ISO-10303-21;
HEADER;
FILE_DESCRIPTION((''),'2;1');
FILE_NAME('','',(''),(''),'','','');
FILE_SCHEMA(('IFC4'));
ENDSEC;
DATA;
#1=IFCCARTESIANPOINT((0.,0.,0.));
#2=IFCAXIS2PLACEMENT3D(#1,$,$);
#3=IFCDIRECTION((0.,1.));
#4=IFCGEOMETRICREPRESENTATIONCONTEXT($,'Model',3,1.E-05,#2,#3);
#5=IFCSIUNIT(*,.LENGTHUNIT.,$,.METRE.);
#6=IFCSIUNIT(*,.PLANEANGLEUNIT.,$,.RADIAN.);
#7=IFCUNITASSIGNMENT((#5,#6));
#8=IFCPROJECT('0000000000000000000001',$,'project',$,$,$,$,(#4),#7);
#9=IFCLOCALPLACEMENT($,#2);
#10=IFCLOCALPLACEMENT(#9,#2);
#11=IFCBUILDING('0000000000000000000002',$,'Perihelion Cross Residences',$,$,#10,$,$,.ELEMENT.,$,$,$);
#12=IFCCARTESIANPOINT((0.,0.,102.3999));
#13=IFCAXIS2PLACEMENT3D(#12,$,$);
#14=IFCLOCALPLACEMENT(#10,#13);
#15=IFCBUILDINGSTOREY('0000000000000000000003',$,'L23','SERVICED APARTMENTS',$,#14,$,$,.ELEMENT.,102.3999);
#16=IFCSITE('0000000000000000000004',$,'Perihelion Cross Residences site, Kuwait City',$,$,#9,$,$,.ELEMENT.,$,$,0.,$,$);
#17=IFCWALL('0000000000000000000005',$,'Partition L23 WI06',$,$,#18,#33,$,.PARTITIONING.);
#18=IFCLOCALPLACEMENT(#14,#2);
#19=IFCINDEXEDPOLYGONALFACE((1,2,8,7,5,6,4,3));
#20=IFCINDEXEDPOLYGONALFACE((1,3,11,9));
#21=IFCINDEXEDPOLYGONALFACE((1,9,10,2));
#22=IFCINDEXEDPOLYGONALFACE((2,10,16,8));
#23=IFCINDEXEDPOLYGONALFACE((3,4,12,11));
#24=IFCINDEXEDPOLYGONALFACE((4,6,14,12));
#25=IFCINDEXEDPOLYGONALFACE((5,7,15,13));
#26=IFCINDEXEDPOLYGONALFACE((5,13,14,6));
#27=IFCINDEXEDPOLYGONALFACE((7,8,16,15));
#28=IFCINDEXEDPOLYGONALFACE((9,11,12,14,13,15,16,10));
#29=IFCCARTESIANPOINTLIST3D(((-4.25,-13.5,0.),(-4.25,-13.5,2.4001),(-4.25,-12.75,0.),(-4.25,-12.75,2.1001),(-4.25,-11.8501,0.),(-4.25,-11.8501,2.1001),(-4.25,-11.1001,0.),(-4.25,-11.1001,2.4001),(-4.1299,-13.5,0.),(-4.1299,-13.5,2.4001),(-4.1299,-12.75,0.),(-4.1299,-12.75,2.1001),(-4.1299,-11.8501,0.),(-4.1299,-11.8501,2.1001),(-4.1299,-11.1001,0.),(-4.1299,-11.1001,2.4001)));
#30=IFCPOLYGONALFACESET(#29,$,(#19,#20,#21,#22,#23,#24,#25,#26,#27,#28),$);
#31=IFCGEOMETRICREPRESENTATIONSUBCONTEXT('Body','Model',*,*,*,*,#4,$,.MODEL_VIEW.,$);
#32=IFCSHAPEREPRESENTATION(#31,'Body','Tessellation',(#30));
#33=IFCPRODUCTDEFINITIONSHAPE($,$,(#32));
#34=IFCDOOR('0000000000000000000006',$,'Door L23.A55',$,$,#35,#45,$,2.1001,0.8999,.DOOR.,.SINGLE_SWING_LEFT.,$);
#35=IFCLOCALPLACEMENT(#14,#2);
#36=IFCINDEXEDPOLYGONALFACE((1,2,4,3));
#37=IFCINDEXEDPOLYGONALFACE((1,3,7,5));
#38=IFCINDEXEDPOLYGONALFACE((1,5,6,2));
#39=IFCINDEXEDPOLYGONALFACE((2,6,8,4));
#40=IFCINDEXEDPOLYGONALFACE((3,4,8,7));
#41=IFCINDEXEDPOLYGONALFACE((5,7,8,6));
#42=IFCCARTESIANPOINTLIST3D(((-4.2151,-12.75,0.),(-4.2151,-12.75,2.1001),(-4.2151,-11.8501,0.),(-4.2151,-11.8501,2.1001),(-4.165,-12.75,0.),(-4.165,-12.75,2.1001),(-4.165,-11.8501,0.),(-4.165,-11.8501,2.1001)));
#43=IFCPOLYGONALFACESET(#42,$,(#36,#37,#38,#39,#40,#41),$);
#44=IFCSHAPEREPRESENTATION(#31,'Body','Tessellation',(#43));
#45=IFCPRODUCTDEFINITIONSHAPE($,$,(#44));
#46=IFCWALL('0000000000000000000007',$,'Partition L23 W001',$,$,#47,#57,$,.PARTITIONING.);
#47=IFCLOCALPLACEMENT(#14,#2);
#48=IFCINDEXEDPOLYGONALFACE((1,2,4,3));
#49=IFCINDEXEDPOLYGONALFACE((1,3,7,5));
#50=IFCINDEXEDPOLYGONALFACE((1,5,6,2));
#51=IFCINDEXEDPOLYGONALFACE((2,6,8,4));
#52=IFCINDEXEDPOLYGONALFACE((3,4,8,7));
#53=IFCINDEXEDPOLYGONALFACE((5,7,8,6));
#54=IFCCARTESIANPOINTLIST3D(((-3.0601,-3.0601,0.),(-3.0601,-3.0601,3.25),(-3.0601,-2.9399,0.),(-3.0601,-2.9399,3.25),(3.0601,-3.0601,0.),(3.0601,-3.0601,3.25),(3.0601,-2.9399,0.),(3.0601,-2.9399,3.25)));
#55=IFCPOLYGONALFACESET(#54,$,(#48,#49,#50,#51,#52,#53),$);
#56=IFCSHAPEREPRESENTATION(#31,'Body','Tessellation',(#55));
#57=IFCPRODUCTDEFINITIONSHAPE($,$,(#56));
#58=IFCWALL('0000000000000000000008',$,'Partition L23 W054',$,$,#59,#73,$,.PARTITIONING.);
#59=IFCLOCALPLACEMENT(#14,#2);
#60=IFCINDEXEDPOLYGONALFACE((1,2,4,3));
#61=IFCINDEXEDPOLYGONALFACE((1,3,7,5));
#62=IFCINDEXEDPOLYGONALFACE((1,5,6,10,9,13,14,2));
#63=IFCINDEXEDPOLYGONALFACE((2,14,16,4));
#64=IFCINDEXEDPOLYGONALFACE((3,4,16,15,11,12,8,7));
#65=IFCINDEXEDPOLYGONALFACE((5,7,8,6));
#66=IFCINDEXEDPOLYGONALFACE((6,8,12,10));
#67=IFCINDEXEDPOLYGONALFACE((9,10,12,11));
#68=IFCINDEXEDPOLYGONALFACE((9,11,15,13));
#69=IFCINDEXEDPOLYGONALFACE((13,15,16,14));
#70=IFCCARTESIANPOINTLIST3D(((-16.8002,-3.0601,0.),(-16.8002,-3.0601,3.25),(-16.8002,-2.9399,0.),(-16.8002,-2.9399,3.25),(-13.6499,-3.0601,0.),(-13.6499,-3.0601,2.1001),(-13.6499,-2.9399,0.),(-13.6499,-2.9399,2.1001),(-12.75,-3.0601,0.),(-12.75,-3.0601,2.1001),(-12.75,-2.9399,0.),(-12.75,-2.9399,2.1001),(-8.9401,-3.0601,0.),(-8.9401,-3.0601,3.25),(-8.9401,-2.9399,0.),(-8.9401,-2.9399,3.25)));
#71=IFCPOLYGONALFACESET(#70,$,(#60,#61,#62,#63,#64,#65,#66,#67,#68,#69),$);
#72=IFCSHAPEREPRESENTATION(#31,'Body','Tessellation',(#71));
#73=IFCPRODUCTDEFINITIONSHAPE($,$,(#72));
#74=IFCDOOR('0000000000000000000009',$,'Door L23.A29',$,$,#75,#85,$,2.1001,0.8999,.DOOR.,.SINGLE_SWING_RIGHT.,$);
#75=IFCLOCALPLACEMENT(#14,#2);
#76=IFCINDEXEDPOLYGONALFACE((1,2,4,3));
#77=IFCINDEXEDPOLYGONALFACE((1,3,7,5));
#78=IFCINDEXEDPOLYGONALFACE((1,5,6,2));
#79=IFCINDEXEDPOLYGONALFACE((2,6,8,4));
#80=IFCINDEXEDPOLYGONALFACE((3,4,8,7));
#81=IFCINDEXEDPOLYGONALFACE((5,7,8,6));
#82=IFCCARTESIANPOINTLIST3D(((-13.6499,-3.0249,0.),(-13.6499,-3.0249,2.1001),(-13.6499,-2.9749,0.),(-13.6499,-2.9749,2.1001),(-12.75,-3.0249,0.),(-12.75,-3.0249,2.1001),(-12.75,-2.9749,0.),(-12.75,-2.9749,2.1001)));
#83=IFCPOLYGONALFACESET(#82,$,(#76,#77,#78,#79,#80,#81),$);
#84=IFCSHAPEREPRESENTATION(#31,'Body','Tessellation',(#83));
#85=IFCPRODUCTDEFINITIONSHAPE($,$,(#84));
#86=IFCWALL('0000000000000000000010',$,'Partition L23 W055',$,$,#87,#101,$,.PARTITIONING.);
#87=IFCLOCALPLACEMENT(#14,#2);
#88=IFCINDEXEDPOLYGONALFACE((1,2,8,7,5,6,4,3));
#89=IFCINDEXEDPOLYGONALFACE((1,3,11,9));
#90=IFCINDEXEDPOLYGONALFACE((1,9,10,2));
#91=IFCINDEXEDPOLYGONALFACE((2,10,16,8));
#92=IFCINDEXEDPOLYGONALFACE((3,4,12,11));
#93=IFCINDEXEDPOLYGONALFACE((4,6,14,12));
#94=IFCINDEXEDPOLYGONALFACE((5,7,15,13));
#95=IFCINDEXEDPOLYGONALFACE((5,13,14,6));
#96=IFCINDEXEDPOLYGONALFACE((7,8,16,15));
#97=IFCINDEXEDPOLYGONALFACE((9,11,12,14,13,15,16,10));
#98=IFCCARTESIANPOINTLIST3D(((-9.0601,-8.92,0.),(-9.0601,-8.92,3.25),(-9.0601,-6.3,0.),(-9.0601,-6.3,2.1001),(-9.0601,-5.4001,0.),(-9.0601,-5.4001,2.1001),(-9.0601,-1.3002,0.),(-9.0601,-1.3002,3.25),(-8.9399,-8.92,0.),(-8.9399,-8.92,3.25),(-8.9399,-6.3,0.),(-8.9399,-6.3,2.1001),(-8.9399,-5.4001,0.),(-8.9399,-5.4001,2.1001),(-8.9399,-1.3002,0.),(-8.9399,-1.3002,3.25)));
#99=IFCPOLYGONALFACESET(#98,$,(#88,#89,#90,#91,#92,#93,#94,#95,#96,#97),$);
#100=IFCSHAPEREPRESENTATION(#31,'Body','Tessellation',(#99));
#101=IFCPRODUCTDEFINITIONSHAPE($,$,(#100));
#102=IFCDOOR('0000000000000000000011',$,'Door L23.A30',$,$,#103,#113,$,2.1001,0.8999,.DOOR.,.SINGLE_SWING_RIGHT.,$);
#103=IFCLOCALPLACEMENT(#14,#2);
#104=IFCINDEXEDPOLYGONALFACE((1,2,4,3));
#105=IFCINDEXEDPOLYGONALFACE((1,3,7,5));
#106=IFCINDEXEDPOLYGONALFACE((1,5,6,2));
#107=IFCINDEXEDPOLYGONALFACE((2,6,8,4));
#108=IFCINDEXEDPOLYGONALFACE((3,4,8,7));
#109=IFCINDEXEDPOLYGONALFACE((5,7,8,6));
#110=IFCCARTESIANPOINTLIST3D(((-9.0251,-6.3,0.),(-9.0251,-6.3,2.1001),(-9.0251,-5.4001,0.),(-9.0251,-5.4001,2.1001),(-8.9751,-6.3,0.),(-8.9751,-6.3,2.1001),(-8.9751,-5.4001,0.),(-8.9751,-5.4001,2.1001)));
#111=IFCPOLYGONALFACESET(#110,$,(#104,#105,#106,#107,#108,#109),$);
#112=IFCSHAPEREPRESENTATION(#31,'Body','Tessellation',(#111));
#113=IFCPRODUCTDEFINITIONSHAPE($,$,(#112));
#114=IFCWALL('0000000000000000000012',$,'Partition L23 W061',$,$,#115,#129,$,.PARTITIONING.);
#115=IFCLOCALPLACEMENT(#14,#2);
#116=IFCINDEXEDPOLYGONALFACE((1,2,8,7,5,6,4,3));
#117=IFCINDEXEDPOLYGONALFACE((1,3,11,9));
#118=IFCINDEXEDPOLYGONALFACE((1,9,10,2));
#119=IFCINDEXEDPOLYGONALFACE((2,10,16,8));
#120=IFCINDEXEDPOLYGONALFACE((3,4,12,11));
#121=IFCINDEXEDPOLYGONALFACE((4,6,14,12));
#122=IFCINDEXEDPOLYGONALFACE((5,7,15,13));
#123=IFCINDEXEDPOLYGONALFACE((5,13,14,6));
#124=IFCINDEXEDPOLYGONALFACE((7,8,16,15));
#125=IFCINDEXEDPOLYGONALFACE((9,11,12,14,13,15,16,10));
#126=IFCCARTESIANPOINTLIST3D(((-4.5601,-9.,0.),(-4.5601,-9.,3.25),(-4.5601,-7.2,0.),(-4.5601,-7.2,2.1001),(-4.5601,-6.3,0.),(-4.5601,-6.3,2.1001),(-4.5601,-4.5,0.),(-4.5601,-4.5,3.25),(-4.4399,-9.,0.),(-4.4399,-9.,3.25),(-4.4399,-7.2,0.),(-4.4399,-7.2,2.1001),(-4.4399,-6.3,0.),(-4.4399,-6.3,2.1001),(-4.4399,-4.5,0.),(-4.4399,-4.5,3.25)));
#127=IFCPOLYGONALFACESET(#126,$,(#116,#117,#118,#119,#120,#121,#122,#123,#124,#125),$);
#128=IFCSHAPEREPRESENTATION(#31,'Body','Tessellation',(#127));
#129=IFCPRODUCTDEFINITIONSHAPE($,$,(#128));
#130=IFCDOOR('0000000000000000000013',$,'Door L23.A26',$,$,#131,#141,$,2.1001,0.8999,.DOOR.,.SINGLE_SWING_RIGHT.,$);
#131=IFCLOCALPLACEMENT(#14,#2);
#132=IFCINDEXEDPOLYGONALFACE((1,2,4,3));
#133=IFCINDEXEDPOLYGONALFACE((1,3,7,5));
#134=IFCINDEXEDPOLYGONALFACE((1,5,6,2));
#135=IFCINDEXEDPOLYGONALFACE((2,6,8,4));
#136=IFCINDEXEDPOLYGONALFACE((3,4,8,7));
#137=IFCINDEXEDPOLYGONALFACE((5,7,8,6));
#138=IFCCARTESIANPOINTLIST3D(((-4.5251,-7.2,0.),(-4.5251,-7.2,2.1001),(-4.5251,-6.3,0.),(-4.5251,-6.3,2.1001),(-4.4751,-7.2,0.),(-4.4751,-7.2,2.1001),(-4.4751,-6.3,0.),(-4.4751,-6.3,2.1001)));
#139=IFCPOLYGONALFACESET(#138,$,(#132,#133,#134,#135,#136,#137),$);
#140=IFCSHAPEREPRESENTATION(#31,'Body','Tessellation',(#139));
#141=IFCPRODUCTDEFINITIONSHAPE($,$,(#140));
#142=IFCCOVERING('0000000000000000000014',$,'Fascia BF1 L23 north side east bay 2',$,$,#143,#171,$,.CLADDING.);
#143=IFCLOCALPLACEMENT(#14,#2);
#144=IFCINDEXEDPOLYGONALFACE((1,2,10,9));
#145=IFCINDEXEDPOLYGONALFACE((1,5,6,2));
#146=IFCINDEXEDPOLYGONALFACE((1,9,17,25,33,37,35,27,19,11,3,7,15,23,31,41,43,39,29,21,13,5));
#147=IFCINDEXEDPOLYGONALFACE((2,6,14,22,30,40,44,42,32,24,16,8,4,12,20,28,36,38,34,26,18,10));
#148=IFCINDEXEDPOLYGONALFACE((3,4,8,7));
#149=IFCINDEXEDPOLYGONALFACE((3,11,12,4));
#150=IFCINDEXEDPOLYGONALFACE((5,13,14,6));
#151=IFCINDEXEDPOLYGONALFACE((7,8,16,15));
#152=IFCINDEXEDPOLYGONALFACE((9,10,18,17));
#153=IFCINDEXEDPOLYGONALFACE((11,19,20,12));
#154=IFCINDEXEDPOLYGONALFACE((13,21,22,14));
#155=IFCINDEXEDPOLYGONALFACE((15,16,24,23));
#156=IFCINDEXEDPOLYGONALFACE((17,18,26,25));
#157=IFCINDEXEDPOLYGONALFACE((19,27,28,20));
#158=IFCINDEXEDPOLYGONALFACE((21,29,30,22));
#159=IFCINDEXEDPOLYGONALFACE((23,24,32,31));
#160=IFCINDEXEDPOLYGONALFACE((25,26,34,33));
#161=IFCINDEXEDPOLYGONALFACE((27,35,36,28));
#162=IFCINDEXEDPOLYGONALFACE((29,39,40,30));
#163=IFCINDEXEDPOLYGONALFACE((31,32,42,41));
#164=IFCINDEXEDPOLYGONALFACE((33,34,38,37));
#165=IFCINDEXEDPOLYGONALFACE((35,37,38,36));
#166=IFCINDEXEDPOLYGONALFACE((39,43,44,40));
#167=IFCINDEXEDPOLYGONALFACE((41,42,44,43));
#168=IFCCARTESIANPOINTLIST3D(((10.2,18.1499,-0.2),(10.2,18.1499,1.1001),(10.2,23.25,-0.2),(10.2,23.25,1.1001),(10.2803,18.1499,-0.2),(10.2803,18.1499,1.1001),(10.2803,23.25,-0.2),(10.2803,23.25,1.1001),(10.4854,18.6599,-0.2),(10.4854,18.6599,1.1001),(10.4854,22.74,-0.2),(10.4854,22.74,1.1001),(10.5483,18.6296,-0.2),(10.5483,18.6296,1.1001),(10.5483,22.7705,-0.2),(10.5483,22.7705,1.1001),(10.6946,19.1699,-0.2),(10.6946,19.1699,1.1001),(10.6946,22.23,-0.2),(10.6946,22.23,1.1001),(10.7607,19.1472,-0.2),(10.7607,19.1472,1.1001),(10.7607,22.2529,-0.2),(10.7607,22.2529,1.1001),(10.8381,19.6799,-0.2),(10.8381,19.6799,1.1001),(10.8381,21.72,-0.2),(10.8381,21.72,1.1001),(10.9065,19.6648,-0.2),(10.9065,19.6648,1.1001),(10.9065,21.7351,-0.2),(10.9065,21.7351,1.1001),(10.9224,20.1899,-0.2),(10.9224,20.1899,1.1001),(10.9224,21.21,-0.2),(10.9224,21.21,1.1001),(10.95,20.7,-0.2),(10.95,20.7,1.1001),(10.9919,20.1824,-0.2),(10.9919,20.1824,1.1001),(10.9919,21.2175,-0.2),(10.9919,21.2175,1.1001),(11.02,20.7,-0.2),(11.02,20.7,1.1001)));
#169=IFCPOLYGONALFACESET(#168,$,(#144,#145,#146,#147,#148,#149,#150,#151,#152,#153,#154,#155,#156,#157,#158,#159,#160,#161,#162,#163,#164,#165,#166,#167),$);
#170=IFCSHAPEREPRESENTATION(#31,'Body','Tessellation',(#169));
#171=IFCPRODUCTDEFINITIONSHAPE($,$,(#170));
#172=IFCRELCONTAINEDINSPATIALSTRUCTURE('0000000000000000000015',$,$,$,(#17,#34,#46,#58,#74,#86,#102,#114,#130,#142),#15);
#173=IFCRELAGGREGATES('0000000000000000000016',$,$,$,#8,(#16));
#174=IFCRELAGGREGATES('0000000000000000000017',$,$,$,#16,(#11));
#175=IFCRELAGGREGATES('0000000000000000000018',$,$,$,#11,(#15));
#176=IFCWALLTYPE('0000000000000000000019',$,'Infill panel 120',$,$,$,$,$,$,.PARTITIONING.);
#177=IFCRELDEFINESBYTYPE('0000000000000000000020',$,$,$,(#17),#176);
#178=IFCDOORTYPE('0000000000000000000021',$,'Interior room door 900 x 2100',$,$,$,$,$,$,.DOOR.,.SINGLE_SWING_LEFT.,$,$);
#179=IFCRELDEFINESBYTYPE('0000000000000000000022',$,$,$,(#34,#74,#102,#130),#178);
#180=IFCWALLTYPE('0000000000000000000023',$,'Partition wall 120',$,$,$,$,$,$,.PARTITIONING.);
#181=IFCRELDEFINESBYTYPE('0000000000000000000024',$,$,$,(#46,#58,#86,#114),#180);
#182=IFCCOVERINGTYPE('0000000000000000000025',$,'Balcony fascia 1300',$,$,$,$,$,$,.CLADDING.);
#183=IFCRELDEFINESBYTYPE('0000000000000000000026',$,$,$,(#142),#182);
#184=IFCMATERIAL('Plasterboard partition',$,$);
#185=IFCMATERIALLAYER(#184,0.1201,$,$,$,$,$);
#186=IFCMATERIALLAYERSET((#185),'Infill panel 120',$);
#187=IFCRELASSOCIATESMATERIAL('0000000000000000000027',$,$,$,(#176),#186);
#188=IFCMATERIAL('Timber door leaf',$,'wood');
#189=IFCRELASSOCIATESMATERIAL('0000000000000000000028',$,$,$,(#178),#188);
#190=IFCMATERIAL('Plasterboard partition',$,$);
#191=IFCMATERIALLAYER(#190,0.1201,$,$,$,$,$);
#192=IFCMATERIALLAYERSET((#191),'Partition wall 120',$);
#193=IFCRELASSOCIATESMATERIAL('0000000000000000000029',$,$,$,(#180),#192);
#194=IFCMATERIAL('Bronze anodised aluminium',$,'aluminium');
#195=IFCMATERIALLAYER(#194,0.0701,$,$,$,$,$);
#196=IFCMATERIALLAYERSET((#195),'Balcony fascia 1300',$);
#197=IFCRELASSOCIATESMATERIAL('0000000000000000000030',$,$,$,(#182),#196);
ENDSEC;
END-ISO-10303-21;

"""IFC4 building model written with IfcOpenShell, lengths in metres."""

from ifc_helpers import new_model, si_unit, direction, frame, frame_2d, origin, place, context, subcontext, project, spatial, polyline, rectangle, outline, extrude, material, layer, layer_set, type_object, element, fill, save


model = new_model("IFC4")

# Units and contexts
model_context = context("Model", 3, precision=1e-05, world=origin(), true_north=direction((0.0, 1.0)))
body_context = subcontext(model_context, "Body", "Model", "MODEL_VIEW")
ifc_project = project(units=[si_unit("LENGTHUNIT", "METRE"), si_unit("PLANEANGLEUNIT", "RADIAN")], contexts=[model_context])

# Site, building, storey
site_placement = place(None, origin())
site = spatial("IfcSite", under=ifc_project, at=site_placement, Name="Perihelion Cross Residences site, Kuwait City", CompositionType="ELEMENT", RefElevation=0.0)
building_placement = place(site_placement, origin())
building = spatial("IfcBuilding", under=site, at=building_placement, Name="Perihelion Cross Residences", CompositionType="ELEMENT")
storey_placement = place(building_placement, frame((0.0, 0.0, 102.3999)))
storey = spatial("IfcBuildingStorey", under=building, at=storey_placement, Name="L23", Description="SERVICED APARTMENTS", CompositionType="ELEMENT", Elevation=102.3999)

# Wall, opening, door
ifc_material_1 = material(Name="Plasterboard partition")
ifc_layer_1 = layer(ifc_material_1, 0.1201)
ifc_layer_set_1 = layer_set([ifc_layer_1], Name="Infill panel 120")
wall_type_1 = type_object("IfcWallType", Name="Infill panel 120", PredefinedType="PARTITIONING", material=ifc_layer_set_1)
wall_1_placement = place(storey_placement, frame((-4.1899, -11.1001, 0.0), z_axis=(0.0, 0.0, 1.0), x_axis=(0.0, -1.0, 0.0)))
wall_1 = element("IfcWall", 1, at=wall_1_placement, inside=storey, type_object=wall_type_1, Name="Partition L23 WI06", PredefinedType="PARTITIONING", context=body_context, shape_type="SweptSolid", body=[
    extrude(rectangle(XDim=2.3999, YDim=0.1201, at=frame_2d((1.2, 0.0))), origin(), (0.0, 0.0, 1.0), 2.4001),
])
opening_1_placement = place(wall_1_placement, frame((0.75, 0.0, 0.0)))
opening_1 = element("IfcOpeningElement", 2, at=opening_1_placement, cuts=wall_1, PredefinedType="OPENING", context=body_context, shape_type="SweptSolid", body=[
    extrude(rectangle(XDim=0.8999, YDim=2.1001, at=frame_2d((0.45, 1.05))), frame((0.0, 0.0701, 0.0), z_axis=(0.0, -1.0, 0.0), x_axis=(1.0, 0.0, 0.0)), (0.0, 0.0, 1.0), 0.1401),
])
ifc_material_2 = material(Name="Timber door leaf", Category="wood")
door_type_1 = type_object("IfcDoorType", Name="Interior room door 900 x 2100", OperationType="SINGLE_SWING_LEFT", PredefinedType="DOOR", material=ifc_material_2)
door_1_placement = place(opening_1_placement, origin())
door_1 = element("IfcDoor", 3, at=door_1_placement, inside=storey, type_object=door_type_1, Name="Door L23.A55", OperationType="SINGLE_SWING_LEFT", OverallHeight=2.1001, OverallWidth=0.8999, PredefinedType="DOOR", context=body_context, shape_type="SweptSolid", body=[
    extrude(rectangle(XDim=0.8999, YDim=2.1001, at=frame_2d((0.45, 1.05))), frame((0.0, 0.0249, 0.0), z_axis=(0.0, -1.0, 0.0), x_axis=(1.0, 0.0, 0.0)), (0.0, 0.0, 1.0), 0.05),
])
fill(opening_1, door_1)

# Wall
ifc_material_3 = material(Name="Plasterboard partition")
ifc_layer_2 = layer(ifc_material_3, 0.1201)
ifc_layer_set_2 = layer_set([ifc_layer_2], Name="Partition wall 120")
wall_type_2 = type_object("IfcWallType", Name="Partition wall 120", PredefinedType="PARTITIONING", material=ifc_layer_set_2)
wall_2_placement = place(storey_placement, frame((-3.0601, -3.0, 0.0), z_axis=(0.0, 0.0, 1.0), x_axis=(1.0, 0.0, 0.0)))
element("IfcWall", 4, at=wall_2_placement, inside=storey, type_object=wall_type_2, Name="Partition L23 W001", PredefinedType="PARTITIONING", context=body_context, shape_type="SweptSolid", body=[
    extrude(rectangle(XDim=6.1201, YDim=0.1201, at=frame_2d((3.0601, 0.0))), origin(), (0.0, 0.0, 1.0), 3.25),
])

# Walls, openings, doors
wall_3_placement = place(storey_placement, frame((-8.9399, -3.0, 0.0), z_axis=(0.0, 0.0, 1.0), x_axis=(-1.0, 0.0, 0.0)))
wall_3 = element("IfcWall", 5, at=wall_3_placement, inside=storey, type_object=wall_type_2, Name="Partition L23 W054", PredefinedType="PARTITIONING", context=body_context, shape_type="SweptSolid", body=[
    extrude(rectangle(XDim=7.8601, YDim=0.1201, at=frame_2d((3.9302, 0.0))), origin(), (0.0, 0.0, 1.0), 3.25),
])
opening_2_placement = place(wall_3_placement, frame((3.8101, 0.0, 0.0)))
opening_2 = element("IfcOpeningElement", 6, at=opening_2_placement, cuts=wall_3, PredefinedType="OPENING", context=body_context, shape_type="SweptSolid", body=[
    extrude(rectangle(XDim=0.8999, YDim=2.1001, at=frame_2d((0.45, 1.05))), frame((0.0, 0.0701, 0.0), z_axis=(0.0, -1.0, 0.0), x_axis=(1.0, 0.0, 0.0)), (0.0, 0.0, 1.0), 0.1401),
])
door_2_placement = place(opening_2_placement, origin())
door_2 = element("IfcDoor", 7, at=door_2_placement, inside=storey, type_object=door_type_1, Name="Door L23.A29", OperationType="SINGLE_SWING_RIGHT", OverallHeight=2.1001, OverallWidth=0.8999, PredefinedType="DOOR", context=body_context, shape_type="SweptSolid", body=[
    extrude(rectangle(XDim=0.8999, YDim=2.1001, at=frame_2d((0.45, 1.05))), frame((0.0, 0.0249, 0.0), z_axis=(0.0, -1.0, 0.0), x_axis=(1.0, 0.0, 0.0)), (0.0, 0.0, 1.0), 0.05),
])
fill(opening_2, door_2)
wall_4_placement = place(storey_placement, frame((-9.0, -1.3, 0.0), z_axis=(0.0, 0.0, 1.0), x_axis=(0.0, -1.0, 0.0)))
wall_4 = element("IfcWall", 8, at=wall_4_placement, inside=storey, type_object=wall_type_2, Name="Partition L23 W055", PredefinedType="PARTITIONING", context=body_context, shape_type="SweptSolid", body=[
    extrude(rectangle(XDim=7.6199, YDim=0.1201, at=frame_2d((3.8101, 0.0))), origin(), (0.0, 0.0, 1.0), 3.25),
])
opening_3_placement = place(wall_4_placement, frame((4.1001, 0.0, 0.0)))
opening_3 = element("IfcOpeningElement", 9, at=opening_3_placement, cuts=wall_4, PredefinedType="OPENING", context=body_context, shape_type="SweptSolid", body=[
    extrude(rectangle(XDim=0.8999, YDim=2.1001, at=frame_2d((0.45, 1.05))), frame((0.0, 0.0701, 0.0), z_axis=(0.0, -1.0, 0.0), x_axis=(1.0, 0.0, 0.0)), (0.0, 0.0, 1.0), 0.1401),
])
door_3_placement = place(opening_3_placement, origin())
door_3 = element("IfcDoor", 10, at=door_3_placement, inside=storey, type_object=door_type_1, Name="Door L23.A30", OperationType="SINGLE_SWING_RIGHT", OverallHeight=2.1001, OverallWidth=0.8999, PredefinedType="DOOR", context=body_context, shape_type="SweptSolid", body=[
    extrude(rectangle(XDim=0.8999, YDim=2.1001, at=frame_2d((0.45, 1.05))), frame((0.0, 0.0249, 0.0), z_axis=(0.0, -1.0, 0.0), x_axis=(1.0, 0.0, 0.0)), (0.0, 0.0, 1.0), 0.05),
])
fill(opening_3, door_3)
wall_5_placement = place(storey_placement, frame((-4.5, -4.5, 0.0), z_axis=(0.0, 0.0, 1.0), x_axis=(0.0, -1.0, 0.0)))
wall_5 = element("IfcWall", 11, at=wall_5_placement, inside=storey, type_object=wall_type_2, Name="Partition L23 W061", PredefinedType="PARTITIONING", context=body_context, shape_type="SweptSolid", body=[
    extrude(rectangle(XDim=4.5, YDim=0.1201, at=frame_2d((2.25, 0.0))), origin(), (0.0, 0.0, 1.0), 3.25),
])
opening_4_placement = place(wall_5_placement, frame((1.8, 0.0, 0.0)))
opening_4 = element("IfcOpeningElement", 12, at=opening_4_placement, cuts=wall_5, PredefinedType="OPENING", context=body_context, shape_type="SweptSolid", body=[
    extrude(rectangle(XDim=0.8999, YDim=2.1001, at=frame_2d((0.45, 1.05))), frame((0.0, 0.0701, 0.0), z_axis=(0.0, -1.0, 0.0), x_axis=(1.0, 0.0, 0.0)), (0.0, 0.0, 1.0), 0.1401),
])
door_4_placement = place(opening_4_placement, origin())
door_4 = element("IfcDoor", 13, at=door_4_placement, inside=storey, type_object=door_type_1, Name="Door L23.A26", OperationType="SINGLE_SWING_RIGHT", OverallHeight=2.1001, OverallWidth=0.8999, PredefinedType="DOOR", context=body_context, shape_type="SweptSolid", body=[
    extrude(rectangle(XDim=0.8999, YDim=2.1001, at=frame_2d((0.45, 1.05))), frame((0.0, 0.0249, 0.0), z_axis=(0.0, -1.0, 0.0), x_axis=(1.0, 0.0, 0.0)), (0.0, 0.0, 1.0), 0.05),
])
fill(opening_4, door_4)

# Covering
ifc_material_4 = material(Name="Bronze anodised aluminium", Category="aluminium")
ifc_layer_3 = layer(ifc_material_4, 0.0701)
ifc_layer_set_3 = layer_set([ifc_layer_3], Name="Balcony fascia 1300")
covering_type = type_object("IfcCoveringType", Name="Balcony fascia 1300", PredefinedType="CLADDING", material=ifc_layer_set_3)
covering_1_placement = place(storey_placement, frame((0.0, 0.0, -0.2)))
element("IfcCovering", 14, at=covering_1_placement, inside=storey, type_object=covering_type, Name="Fascia BF1 L23 north side east bay 2", PredefinedType="CLADDING", context=body_context, shape_type="SweptSolid", body=[
    extrude(outline(polyline([(10.5483, 18.6296), (10.7607, 19.1472), (10.9065, 19.6648), (10.9919, 20.1824), (11.02, 20.7), (10.9919, 21.2175), (10.9065, 21.7351), (10.7607, 22.2529), (10.5483, 22.7705), (10.2803, 23.25), (10.2, 23.25), (10.4854, 22.74), (10.6946, 22.23), (10.8381, 21.72), (10.9224, 21.21), (10.95, 20.7), (10.9224, 20.1899), (10.8381, 19.6799), (10.6946, 19.1699), (10.4854, 18.6599), (10.2, 18.1499), (10.2803, 18.1499), (10.5483, 18.6296)])), origin(), (0.0, 0.0, 1.0), 1.3),
])

save(model, "model.ifc")
